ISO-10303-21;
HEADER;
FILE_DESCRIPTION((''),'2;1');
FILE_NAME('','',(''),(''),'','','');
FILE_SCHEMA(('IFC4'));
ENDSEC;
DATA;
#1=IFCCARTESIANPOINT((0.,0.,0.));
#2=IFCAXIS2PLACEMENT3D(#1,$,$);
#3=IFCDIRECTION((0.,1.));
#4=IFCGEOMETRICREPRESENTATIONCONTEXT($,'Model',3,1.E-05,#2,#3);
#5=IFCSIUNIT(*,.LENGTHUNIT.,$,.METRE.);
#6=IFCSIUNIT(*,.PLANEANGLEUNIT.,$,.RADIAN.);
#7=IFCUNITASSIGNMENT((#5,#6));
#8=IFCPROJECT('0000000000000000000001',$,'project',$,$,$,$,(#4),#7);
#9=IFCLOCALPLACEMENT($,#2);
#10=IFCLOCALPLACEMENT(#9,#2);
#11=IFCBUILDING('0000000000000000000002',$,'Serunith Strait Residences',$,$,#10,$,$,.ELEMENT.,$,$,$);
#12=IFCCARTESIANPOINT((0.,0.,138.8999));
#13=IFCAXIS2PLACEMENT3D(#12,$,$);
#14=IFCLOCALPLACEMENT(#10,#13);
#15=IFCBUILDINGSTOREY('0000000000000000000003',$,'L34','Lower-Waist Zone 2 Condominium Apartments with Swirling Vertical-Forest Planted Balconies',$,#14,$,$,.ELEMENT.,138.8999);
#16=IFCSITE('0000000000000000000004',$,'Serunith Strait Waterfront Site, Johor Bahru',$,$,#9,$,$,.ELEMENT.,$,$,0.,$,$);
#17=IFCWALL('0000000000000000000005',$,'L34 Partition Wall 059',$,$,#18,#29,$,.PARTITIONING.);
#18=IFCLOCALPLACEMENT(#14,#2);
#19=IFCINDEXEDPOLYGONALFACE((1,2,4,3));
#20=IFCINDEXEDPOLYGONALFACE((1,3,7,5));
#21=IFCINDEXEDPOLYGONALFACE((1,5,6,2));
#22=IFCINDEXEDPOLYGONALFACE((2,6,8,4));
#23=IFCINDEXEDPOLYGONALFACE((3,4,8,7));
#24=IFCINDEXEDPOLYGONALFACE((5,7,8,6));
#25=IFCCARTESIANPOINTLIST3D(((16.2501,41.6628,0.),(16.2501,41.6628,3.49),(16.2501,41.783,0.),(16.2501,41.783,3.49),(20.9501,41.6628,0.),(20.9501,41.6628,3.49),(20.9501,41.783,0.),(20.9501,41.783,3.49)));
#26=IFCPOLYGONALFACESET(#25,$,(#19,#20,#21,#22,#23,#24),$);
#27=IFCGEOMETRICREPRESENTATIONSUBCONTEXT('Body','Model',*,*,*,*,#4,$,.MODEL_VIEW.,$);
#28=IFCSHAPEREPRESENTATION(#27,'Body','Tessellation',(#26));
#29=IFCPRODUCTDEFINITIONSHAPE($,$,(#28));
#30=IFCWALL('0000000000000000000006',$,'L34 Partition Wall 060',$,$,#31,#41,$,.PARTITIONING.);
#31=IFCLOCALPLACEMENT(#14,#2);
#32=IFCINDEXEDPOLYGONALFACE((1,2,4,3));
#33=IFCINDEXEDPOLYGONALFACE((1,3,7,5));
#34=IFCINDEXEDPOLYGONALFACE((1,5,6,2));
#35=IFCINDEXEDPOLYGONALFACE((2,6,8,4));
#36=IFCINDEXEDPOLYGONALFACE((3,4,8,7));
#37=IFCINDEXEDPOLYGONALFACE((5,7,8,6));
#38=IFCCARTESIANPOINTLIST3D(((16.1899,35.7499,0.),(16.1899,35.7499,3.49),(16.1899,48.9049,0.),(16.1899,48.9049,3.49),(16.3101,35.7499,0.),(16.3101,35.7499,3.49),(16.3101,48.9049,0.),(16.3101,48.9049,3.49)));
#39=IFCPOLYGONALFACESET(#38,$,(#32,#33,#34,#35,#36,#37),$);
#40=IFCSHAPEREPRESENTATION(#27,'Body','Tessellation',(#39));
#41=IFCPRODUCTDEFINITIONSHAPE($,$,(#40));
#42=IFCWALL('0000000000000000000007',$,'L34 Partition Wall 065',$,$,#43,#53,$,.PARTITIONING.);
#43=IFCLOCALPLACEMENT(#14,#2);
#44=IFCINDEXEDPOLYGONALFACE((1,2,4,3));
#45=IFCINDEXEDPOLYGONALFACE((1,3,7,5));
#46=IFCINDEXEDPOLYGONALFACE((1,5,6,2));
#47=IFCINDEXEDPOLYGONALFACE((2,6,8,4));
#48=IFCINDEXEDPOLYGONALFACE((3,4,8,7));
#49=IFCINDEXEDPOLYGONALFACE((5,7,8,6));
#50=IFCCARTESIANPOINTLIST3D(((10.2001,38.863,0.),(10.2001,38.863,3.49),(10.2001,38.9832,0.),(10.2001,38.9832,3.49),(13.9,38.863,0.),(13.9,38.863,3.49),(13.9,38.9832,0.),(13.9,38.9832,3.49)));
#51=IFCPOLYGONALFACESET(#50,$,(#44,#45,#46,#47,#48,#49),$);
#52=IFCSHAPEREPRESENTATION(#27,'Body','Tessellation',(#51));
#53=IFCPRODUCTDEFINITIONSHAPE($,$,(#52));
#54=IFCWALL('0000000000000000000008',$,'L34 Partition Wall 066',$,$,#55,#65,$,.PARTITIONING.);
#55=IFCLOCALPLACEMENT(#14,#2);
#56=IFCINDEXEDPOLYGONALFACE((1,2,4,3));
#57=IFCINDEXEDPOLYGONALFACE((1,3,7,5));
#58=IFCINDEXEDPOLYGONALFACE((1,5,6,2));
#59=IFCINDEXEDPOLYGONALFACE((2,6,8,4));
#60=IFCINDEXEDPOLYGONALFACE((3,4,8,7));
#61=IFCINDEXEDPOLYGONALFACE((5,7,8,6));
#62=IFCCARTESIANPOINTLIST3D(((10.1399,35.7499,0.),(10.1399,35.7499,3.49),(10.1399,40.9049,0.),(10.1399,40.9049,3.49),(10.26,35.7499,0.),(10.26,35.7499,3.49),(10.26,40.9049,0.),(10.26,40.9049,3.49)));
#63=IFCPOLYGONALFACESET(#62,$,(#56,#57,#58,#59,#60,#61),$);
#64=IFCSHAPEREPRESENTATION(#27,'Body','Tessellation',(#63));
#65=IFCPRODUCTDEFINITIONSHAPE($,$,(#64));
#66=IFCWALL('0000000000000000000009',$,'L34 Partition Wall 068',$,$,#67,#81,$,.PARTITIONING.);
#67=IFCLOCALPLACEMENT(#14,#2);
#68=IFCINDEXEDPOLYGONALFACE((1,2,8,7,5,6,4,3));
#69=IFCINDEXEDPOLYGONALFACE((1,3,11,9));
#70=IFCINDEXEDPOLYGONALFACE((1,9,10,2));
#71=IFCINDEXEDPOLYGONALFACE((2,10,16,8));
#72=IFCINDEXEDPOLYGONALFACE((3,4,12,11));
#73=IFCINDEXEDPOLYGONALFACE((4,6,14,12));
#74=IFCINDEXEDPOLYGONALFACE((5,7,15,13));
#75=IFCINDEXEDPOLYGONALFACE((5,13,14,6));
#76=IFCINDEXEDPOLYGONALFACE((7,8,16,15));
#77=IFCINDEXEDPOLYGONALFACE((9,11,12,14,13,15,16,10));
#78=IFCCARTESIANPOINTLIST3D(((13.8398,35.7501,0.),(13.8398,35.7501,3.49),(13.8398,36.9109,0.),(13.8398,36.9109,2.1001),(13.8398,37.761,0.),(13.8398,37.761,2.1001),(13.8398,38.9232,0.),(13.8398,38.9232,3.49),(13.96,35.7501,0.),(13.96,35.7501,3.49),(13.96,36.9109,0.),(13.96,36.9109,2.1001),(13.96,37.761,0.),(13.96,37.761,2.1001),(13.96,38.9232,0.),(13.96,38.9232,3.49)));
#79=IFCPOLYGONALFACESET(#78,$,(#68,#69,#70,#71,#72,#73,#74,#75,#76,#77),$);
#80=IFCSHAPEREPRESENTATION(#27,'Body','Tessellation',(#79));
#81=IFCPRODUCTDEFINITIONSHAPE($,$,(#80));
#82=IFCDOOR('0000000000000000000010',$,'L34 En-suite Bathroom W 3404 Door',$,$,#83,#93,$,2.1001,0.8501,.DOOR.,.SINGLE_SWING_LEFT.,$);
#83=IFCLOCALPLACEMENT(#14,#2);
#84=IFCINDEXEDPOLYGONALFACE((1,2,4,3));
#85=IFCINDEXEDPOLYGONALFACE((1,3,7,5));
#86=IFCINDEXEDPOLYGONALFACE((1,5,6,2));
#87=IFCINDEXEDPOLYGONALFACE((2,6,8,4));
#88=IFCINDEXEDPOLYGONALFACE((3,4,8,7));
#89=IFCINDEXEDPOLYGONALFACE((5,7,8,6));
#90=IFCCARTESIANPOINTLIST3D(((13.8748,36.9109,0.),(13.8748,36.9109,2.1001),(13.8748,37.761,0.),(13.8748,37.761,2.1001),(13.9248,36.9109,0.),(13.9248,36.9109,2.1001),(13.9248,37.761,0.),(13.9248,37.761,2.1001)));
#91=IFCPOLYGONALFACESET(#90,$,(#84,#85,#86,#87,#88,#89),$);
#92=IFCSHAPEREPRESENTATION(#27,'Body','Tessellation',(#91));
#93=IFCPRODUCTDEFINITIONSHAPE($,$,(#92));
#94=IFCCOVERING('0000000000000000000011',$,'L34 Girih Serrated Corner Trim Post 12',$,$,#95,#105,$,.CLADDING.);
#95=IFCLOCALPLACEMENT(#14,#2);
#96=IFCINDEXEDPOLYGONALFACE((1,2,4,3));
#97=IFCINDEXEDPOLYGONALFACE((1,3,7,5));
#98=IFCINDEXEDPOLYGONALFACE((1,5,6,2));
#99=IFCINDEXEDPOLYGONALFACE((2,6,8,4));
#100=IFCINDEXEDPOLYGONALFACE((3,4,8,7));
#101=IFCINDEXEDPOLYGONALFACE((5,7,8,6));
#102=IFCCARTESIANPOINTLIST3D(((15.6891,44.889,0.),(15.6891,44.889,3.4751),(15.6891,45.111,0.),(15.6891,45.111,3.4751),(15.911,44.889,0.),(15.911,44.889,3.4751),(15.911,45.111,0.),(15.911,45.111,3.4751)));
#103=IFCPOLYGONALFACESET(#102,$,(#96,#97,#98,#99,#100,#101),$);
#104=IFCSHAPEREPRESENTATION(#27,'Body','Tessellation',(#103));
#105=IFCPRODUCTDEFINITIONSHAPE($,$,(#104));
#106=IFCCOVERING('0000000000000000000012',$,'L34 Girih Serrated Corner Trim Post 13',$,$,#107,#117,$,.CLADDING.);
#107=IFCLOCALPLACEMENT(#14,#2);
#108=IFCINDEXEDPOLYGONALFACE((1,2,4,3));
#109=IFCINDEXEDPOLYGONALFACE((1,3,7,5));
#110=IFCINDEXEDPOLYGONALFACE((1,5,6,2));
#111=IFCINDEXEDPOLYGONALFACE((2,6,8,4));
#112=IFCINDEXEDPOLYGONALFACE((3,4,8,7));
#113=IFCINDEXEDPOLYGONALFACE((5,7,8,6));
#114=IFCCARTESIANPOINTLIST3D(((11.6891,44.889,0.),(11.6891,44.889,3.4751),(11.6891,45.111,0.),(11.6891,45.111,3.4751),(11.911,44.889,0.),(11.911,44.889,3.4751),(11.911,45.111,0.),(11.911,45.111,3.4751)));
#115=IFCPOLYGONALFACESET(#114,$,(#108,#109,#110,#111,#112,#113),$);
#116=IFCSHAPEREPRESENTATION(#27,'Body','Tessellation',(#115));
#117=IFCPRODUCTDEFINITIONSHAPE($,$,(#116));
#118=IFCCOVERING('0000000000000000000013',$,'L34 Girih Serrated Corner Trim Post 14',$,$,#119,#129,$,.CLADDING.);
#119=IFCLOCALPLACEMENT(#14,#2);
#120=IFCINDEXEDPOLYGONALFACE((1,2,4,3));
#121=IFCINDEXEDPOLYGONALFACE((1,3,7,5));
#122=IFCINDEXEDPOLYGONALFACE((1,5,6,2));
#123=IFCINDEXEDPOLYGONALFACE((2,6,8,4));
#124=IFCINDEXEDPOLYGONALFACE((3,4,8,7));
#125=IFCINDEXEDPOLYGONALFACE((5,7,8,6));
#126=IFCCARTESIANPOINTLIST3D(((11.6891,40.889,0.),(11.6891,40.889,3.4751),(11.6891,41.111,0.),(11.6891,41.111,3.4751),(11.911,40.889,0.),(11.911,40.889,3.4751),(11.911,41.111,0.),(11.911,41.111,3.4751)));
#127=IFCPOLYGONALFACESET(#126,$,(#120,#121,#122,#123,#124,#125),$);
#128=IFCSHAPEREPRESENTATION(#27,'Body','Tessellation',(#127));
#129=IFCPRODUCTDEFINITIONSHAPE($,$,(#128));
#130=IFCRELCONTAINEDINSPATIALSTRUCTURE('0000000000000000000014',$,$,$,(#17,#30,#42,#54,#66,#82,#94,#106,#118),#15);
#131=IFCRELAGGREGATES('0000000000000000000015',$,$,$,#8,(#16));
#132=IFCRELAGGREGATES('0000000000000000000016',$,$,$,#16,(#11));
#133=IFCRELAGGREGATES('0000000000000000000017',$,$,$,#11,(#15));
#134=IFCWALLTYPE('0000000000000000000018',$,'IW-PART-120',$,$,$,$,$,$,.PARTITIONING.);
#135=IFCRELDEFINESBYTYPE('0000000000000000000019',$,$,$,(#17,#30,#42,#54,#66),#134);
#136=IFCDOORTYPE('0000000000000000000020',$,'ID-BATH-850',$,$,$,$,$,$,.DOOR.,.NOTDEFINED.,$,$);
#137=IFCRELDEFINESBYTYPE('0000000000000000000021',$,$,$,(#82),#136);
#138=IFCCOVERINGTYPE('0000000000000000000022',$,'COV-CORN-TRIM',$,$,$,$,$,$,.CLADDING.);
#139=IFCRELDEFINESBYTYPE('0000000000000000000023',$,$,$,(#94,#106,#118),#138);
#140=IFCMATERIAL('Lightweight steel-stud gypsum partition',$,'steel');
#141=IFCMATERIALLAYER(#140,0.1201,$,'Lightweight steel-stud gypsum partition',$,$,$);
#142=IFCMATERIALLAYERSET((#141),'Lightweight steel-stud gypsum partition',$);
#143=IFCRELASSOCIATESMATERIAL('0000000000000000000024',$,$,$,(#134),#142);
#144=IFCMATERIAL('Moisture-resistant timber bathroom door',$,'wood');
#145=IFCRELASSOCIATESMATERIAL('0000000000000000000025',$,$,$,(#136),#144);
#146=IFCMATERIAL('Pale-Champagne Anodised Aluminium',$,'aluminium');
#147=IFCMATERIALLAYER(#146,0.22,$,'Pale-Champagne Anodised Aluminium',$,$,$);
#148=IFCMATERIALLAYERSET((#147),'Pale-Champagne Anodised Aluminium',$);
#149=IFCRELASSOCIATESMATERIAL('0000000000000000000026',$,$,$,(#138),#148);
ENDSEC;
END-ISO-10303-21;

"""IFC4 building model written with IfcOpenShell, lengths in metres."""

from ifc_helpers import new_model, si_unit, direction, frame, frame_2d, origin, origin_2d, place, context, subcontext, project, spatial, rectangle, extrude, source, transform, mapped, material, layer, layer_set, type_object, element, fill, save


model = new_model("IFC4")

# Units and contexts
model_context = context("Model", 3, precision=1e-05, world=origin(), true_north=direction((0.0, 1.0)))
body_context = subcontext(model_context, "Body", "Model", "MODEL_VIEW")
ifc_project = project(units=[si_unit("LENGTHUNIT", "METRE"), si_unit("PLANEANGLEUNIT", "RADIAN")], contexts=[model_context])

# Site, building, storey
site_placement = place(None, origin())
site = spatial("IfcSite", under=ifc_project, at=site_placement, Name="Serunith Strait Waterfront Site, Johor Bahru", CompositionType="ELEMENT", RefElevation=0.0)
building_placement = place(site_placement, origin())
building = spatial("IfcBuilding", under=site, at=building_placement, Name="Serunith Strait Residences", CompositionType="ELEMENT")
storey_placement = place(building_placement, frame((0.0, 0.0, 138.8999)))
storey = spatial("IfcBuildingStorey", under=building, at=storey_placement, Name="L34", Description="Lower-Waist Zone 2 Condominium Apartments with Swirling Vertical-Forest Planted Balconies", CompositionType="ELEMENT", Elevation=138.8999)

# Shared definitions
ifc_material_1 = material(Name="Pale-Champagne Anodised Aluminium", Category="aluminium")

# Walls
ifc_material_2 = material(Name="Lightweight steel-stud gypsum partition", Category="steel")
ifc_layer_1 = layer(ifc_material_2, 0.1201, Name="Lightweight steel-stud gypsum partition")
ifc_layer_set_1 = layer_set([ifc_layer_1], Name="Lightweight steel-stud gypsum partition")
wall_type_1 = type_object("IfcWallType", Name="IW-PART-120", PredefinedType="PARTITIONING", material=ifc_layer_set_1)
wall_1_placement = place(storey_placement, frame((16.25, 41.7229, 0.0), z_axis=(0.0, 0.0, 1.0), x_axis=(1.0, 0.0, 0.0)))
element("IfcWall", 1, at=wall_1_placement, inside=storey, type_object=wall_type_1, Name="L34 Partition Wall 059", PredefinedType="PARTITIONING", context=body_context, shape_type="SweptSolid", body=[
    extrude(rectangle(XDim=4.7, YDim=0.1201, at=frame_2d((2.3501, 0.0))), origin(), (0.0, 0.0, 1.0), 3.49),
])
wall_2_placement = place(storey_placement, frame((16.25, 48.905, 0.0), z_axis=(0.0, 0.0, 1.0), x_axis=(0.0, -1.0, 0.0)))
element("IfcWall", 2, at=wall_2_placement, inside=storey, type_object=wall_type_1, Name="L34 Partition Wall 060", PredefinedType="PARTITIONING", context=body_context, shape_type="SweptSolid", body=[
    extrude(rectangle(XDim=13.155, YDim=0.1201, at=frame_2d((6.5776, 0.0))), origin(), (0.0, 0.0, 1.0), 3.49),
])
wall_3_placement = place(storey_placement, frame((10.2, 38.9231, 0.0), z_axis=(0.0, 0.0, 1.0), x_axis=(1.0, 0.0, 0.0)))
element("IfcWall", 3, at=wall_3_placement, inside=storey, type_object=wall_type_1, Name="L34 Partition Wall 065", PredefinedType="PARTITIONING", context=body_context, shape_type="SweptSolid", body=[
    extrude(rectangle(XDim=3.7, YDim=0.1201, at=frame_2d((1.8501, 0.0))), origin(), (0.0, 0.0, 1.0), 3.49),
])
wall_4_placement = place(storey_placement, frame((10.2, 40.905, 0.0), z_axis=(0.0, 0.0, 1.0), x_axis=(0.0, -1.0, 0.0)))
element("IfcWall", 4, at=wall_4_placement, inside=storey, type_object=wall_type_1, Name="L34 Partition Wall 066", PredefinedType="PARTITIONING", context=body_context, shape_type="SweptSolid", body=[
    extrude(rectangle(XDim=5.155, YDim=0.1201, at=frame_2d((2.5776, 0.0))), origin(), (0.0, 0.0, 1.0), 3.49),
])

# Wall, opening, door
wall_5_placement = place(storey_placement, frame((13.8999, 38.9231, 0.0), z_axis=(0.0, 0.0, 1.0), x_axis=(0.0, -1.0, 0.0)))
wall_5 = element("IfcWall", 5, at=wall_5_placement, inside=storey, type_object=wall_type_1, Name="L34 Partition Wall 068", PredefinedType="PARTITIONING", context=body_context, shape_type="SweptSolid", body=[
    extrude(rectangle(XDim=3.1731, YDim=0.1201, at=frame_2d((1.5864, 0.0))), origin(), (0.0, 0.0, 1.0), 3.49),
])
opening_1_placement = place(wall_5_placement, frame((1.1621, 0.0, 0.0)))
opening_1 = element("IfcOpeningElement", 6, at=opening_1_placement, cuts=wall_5, PredefinedType="OPENING", context=body_context, shape_type="SweptSolid", body=[
    extrude(rectangle(XDim=0.8501, YDim=2.1001, at=frame_2d((0.425, 1.05))), frame((0.0, 0.0701, 0.0), z_axis=(0.0, -1.0, 0.0), x_axis=(1.0, 0.0, 0.0)), (0.0, 0.0, 1.0), 0.1401),
])
ifc_material_3 = material(Name="Moisture-resistant timber bathroom door", Category="wood")
door_type = type_object("IfcDoorType", Name="ID-BATH-850", OperationType="NOTDEFINED", PredefinedType="DOOR", material=ifc_material_3)
shared_shape_1 = source(origin(), body_context, "Body", "SweptSolid", [
    extrude(rectangle(XDim=0.8501, YDim=2.1001, at=frame_2d((0.425, 1.05))), frame((0.0, 0.0249, 0.0), z_axis=(0.0, -1.0, 0.0), x_axis=(1.0, 0.0, 0.0)), (0.0, 0.0, 1.0), 0.05),
])
door_placement = place(opening_1_placement, origin())
door = element("IfcDoor", 7, at=door_placement, inside=storey, type_object=door_type, Name="L34 En-suite Bathroom W 3404 Door", OperationType="SINGLE_SWING_LEFT", OverallHeight=2.1001, OverallWidth=0.8501, PredefinedType="DOOR", context=body_context, shape_type="MappedRepresentation", body=[
    mapped(shared_shape_1, transform((0.0, 0.0, 0.0), scale=1.0)),
])
fill(opening_1, door)

# Coverings
ifc_layer_2 = layer(ifc_material_1, 0.22, Name="Pale-Champagne Anodised Aluminium")
ifc_layer_set_2 = layer_set([ifc_layer_2], Name="Pale-Champagne Anodised Aluminium")
covering_type = type_object("IfcCoveringType", Name="COV-CORN-TRIM", PredefinedType="CLADDING", material=ifc_layer_set_2)
shared_shape_2 = source(origin(), body_context, "Body", "SweptSolid", [
    extrude(rectangle(XDim=0.2219, YDim=0.2219, at=origin_2d()), origin(), (0.0, 0.0, 1.0), 3.4751),
])
for number, where, z_axis, x_axis, name in (
    (8, (15.8, 45.0, 0.0), (0.0, 0.0, 1.0), (1.0, 0.0, 0.0), "L34 Girih Serrated Corner Trim Post 12"),
    (9, (11.8, 45.0, 0.0), (0.0, 0.0, 1.0), (1.0, 0.0, 0.0), "L34 Girih Serrated Corner Trim Post 13"),
    (10, (11.8, 41.0, 0.0), (0.0, 0.0, 1.0), (1.0, 0.0, 0.0), "L34 Girih Serrated Corner Trim Post 14"),
):
    element("IfcCovering", number, at=place(storey_placement, frame(where, z_axis=z_axis, x_axis=x_axis)), inside=storey, type_object=covering_type, Name=name, PredefinedType="CLADDING", context=body_context, shape_type="MappedRepresentation", body=[
        mapped(shared_shape_2, transform((0.0, 0.0, 0.0), scale=1.0)),
    ])

save(model, "model.ifc")
